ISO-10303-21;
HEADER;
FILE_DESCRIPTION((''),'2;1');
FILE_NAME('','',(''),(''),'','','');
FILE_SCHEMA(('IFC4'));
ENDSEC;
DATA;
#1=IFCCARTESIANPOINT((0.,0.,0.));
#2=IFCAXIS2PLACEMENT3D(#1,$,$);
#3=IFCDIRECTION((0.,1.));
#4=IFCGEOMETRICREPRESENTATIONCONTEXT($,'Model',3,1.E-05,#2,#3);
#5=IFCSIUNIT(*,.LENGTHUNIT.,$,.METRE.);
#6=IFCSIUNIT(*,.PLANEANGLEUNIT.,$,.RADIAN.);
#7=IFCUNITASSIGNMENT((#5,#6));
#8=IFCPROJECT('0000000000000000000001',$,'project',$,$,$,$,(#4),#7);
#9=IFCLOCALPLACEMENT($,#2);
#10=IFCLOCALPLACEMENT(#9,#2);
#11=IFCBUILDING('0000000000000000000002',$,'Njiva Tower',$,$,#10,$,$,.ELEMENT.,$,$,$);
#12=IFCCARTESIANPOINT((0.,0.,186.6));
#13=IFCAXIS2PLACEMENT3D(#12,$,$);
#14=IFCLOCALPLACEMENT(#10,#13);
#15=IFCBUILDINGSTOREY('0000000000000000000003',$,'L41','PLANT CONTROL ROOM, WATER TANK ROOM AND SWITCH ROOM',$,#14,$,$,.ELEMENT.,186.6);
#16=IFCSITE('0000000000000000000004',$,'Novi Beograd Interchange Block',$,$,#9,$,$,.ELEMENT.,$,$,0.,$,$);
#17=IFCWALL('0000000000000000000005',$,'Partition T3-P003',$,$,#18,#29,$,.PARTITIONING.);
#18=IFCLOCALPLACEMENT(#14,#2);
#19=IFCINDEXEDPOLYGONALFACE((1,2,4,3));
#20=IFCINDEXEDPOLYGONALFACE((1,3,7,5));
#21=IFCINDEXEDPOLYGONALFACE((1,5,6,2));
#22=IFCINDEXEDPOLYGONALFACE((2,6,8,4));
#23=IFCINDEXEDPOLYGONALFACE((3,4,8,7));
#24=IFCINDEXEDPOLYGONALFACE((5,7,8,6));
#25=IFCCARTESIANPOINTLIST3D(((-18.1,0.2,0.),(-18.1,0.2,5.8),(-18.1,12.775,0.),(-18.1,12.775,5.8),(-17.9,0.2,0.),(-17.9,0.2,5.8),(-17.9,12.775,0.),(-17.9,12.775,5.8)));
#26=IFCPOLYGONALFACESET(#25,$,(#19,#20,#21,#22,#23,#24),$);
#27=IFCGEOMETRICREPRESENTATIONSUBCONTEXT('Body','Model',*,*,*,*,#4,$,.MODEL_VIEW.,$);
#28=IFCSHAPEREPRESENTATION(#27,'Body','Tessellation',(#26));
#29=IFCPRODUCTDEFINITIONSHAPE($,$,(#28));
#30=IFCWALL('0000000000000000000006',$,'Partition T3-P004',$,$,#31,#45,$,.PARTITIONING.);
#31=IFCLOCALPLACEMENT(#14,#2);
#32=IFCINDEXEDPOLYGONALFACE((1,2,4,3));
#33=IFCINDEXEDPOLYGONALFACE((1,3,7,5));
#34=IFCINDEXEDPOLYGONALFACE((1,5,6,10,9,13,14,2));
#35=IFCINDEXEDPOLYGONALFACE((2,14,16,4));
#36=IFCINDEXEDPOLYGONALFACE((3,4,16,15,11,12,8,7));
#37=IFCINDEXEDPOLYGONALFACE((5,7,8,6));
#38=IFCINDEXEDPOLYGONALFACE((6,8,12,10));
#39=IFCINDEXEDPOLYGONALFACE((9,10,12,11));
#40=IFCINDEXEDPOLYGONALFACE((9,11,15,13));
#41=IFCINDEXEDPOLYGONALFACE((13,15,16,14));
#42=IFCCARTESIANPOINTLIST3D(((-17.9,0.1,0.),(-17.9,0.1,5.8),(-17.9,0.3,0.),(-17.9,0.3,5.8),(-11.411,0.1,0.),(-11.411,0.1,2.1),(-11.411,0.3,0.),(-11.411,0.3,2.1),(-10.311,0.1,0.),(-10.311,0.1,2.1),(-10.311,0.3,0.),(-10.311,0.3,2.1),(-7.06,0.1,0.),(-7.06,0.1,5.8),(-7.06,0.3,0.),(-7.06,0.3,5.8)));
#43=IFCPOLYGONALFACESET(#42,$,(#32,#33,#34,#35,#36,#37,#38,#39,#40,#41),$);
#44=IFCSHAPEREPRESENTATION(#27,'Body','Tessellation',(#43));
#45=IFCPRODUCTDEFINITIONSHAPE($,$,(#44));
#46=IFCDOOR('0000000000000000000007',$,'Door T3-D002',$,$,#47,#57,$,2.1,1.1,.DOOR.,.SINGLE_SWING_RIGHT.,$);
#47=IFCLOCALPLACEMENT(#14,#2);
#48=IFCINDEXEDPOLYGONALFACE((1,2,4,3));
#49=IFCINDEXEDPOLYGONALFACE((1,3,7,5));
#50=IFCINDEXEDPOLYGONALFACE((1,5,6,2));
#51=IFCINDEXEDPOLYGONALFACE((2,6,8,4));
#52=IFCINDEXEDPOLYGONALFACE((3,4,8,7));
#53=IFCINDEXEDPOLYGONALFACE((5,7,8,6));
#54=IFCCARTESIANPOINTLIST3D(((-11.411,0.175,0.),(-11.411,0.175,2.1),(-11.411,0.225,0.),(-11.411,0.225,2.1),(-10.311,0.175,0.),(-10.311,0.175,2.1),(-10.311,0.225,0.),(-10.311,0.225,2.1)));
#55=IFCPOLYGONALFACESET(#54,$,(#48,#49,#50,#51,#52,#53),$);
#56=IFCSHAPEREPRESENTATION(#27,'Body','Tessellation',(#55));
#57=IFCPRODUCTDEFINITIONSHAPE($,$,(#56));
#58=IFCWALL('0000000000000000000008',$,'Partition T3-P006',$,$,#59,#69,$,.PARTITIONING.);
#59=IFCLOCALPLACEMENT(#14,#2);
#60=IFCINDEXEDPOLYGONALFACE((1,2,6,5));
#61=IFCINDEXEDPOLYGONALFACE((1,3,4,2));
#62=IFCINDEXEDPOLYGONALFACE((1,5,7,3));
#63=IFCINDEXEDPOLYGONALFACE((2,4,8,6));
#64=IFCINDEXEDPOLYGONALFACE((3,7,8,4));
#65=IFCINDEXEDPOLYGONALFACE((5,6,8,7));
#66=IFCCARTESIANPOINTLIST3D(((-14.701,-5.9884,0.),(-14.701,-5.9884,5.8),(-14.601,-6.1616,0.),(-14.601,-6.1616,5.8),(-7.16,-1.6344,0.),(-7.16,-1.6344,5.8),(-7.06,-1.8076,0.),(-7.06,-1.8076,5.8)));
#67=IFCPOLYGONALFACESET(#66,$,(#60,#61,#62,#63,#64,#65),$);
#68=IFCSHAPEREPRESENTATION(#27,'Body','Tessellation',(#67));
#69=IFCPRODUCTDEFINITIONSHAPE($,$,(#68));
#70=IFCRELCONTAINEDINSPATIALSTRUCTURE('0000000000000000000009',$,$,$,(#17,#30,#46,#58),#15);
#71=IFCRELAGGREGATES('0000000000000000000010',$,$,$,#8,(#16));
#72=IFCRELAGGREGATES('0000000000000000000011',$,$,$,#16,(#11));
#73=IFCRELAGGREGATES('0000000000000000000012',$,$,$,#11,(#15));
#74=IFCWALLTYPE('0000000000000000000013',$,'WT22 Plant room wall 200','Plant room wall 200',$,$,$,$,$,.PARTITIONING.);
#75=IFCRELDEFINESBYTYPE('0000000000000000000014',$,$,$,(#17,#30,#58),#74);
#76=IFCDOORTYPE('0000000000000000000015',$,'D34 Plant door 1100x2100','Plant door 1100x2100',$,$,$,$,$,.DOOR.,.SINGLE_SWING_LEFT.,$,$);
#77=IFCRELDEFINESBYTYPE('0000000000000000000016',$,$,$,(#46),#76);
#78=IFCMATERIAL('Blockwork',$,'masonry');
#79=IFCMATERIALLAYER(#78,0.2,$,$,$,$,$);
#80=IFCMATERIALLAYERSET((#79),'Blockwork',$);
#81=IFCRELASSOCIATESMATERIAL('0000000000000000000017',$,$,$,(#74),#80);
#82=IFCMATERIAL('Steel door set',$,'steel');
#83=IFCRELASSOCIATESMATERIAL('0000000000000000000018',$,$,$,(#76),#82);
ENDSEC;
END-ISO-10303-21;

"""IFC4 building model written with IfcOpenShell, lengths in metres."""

from ifc_helpers import new_model, si_unit, direction, frame, frame_2d, origin, place, context, subcontext, project, spatial, rectangle, extrude, material, layer, layer_set, type_object, element, fill, save


model = new_model("IFC4")

# Units and contexts
model_context = context("Model", 3, precision=1e-05, world=origin(), true_north=direction((0.0, 1.0)))
body_context = subcontext(model_context, "Body", "Model", "MODEL_VIEW")
ifc_project = project(units=[si_unit("LENGTHUNIT", "METRE"), si_unit("PLANEANGLEUNIT", "RADIAN")], contexts=[model_context])

# Site, building, storey
site_placement = place(None, origin())
site = spatial("IfcSite", under=ifc_project, at=site_placement, Name="Novi Beograd Interchange Block", CompositionType="ELEMENT", RefElevation=0.0)
building_placement = place(site_placement, origin())
building = spatial("IfcBuilding", under=site, at=building_placement, Name="Njiva Tower", CompositionType="ELEMENT")
storey_placement = place(building_placement, frame((0.0, 0.0, 186.6)))
storey = spatial("IfcBuildingStorey", under=building, at=storey_placement, Name="L41", Description="PLANT CONTROL ROOM, WATER TANK ROOM AND SWITCH ROOM", CompositionType="ELEMENT", Elevation=186.6)

# Wall
ifc_material_1 = material(Name="Blockwork", Category="masonry")
ifc_layer_1 = layer(ifc_material_1, 0.2)
ifc_layer_set_1 = layer_set([ifc_layer_1], Name="Blockwork")
wall_type_1 = type_object("IfcWallType", Name="WT22 Plant room wall 200", Description="Plant room wall 200", PredefinedType="PARTITIONING", material=ifc_layer_set_1)
wall_1_placement = place(storey_placement, frame((-18.0, 0.2, 0.0), z_axis=(0.0, 0.0, 1.0), x_axis=(0.0, 1.0, 0.0)))
element("IfcWall", 1, at=wall_1_placement, inside=storey, type_object=wall_type_1, Name="Partition T3-P003", PredefinedType="PARTITIONING", context=body_context, shape_type="SweptSolid", body=[
    extrude(rectangle(XDim=12.575, YDim=0.2, at=frame_2d((6.2875, 0.0))), origin(), (0.0, 0.0, 1.0), 5.8),
])

# Wall, opening, door
wall_2_placement = place(storey_placement, frame((-17.9, 0.2, 0.0), z_axis=(0.0, 0.0, 1.0), x_axis=(1.0, 0.0, 0.0)))
wall_2 = element("IfcWall", 2, at=wall_2_placement, inside=storey, type_object=wall_type_1, Name="Partition T3-P004", PredefinedType="PARTITIONING", context=body_context, shape_type="SweptSolid", body=[
    extrude(rectangle(XDim=10.84, YDim=0.2, at=frame_2d((5.42, 0.0))), origin(), (0.0, 0.0, 1.0), 5.8),
])
opening_1_placement = place(wall_2_placement, frame((6.489, 0.0, 0.0)))
opening_1 = element("IfcOpeningElement", 3, at=opening_1_placement, cuts=wall_2, PredefinedType="OPENING", context=body_context, shape_type="SweptSolid", body=[
    extrude(rectangle(XDim=1.1, YDim=2.1, at=frame_2d((0.55, 1.05))), frame((0.0, 0.11, 0.0), z_axis=(0.0, -1.0, 0.0), x_axis=(1.0, 0.0, 0.0)), (0.0, 0.0, 1.0), 0.22),
])
ifc_material_2 = material(Name="Steel door set", Category="steel")
door_type_1 = type_object("IfcDoorType", Name="D34 Plant door 1100x2100", Description="Plant door 1100x2100", OperationType="SINGLE_SWING_LEFT", PredefinedType="DOOR", material=ifc_material_2)
door_1_placement = place(opening_1_placement, origin())
door_1 = element("IfcDoor", 4, at=door_1_placement, inside=storey, type_object=door_type_1, Name="Door T3-D002", OperationType="SINGLE_SWING_RIGHT", OverallHeight=2.1, OverallWidth=1.1, PredefinedType="DOOR", context=body_context, shape_type="SweptSolid", body=[
    extrude(rectangle(XDim=1.1, YDim=2.1, at=frame_2d((0.55, 1.05))), frame((0.0, 0.025, 0.0), z_axis=(0.0, -1.0, 0.0), x_axis=(1.0, 0.0, 0.0)), (0.0, 0.0, 1.0), 0.05),
])
fill(opening_1, door_1)

# Wall
wall_3_placement = place(storey_placement, frame((-14.651, -6.075, 0.0), z_axis=(0.0, 0.0, 1.0), x_axis=(0.866015, 0.500017, 0.0)))
element("IfcWall", 5, at=wall_3_placement, inside=storey, type_object=wall_type_1, Name="Partition T3-P006", PredefinedType="PARTITIONING", context=body_context, shape_type="SweptSolid", body=[
    extrude(rectangle(XDim=8.7077, YDim=0.2, at=frame_2d((4.3539, 0.0))), origin(), (0.0, 0.0, 1.0), 5.8),
])

save(model, "model.ifc")
